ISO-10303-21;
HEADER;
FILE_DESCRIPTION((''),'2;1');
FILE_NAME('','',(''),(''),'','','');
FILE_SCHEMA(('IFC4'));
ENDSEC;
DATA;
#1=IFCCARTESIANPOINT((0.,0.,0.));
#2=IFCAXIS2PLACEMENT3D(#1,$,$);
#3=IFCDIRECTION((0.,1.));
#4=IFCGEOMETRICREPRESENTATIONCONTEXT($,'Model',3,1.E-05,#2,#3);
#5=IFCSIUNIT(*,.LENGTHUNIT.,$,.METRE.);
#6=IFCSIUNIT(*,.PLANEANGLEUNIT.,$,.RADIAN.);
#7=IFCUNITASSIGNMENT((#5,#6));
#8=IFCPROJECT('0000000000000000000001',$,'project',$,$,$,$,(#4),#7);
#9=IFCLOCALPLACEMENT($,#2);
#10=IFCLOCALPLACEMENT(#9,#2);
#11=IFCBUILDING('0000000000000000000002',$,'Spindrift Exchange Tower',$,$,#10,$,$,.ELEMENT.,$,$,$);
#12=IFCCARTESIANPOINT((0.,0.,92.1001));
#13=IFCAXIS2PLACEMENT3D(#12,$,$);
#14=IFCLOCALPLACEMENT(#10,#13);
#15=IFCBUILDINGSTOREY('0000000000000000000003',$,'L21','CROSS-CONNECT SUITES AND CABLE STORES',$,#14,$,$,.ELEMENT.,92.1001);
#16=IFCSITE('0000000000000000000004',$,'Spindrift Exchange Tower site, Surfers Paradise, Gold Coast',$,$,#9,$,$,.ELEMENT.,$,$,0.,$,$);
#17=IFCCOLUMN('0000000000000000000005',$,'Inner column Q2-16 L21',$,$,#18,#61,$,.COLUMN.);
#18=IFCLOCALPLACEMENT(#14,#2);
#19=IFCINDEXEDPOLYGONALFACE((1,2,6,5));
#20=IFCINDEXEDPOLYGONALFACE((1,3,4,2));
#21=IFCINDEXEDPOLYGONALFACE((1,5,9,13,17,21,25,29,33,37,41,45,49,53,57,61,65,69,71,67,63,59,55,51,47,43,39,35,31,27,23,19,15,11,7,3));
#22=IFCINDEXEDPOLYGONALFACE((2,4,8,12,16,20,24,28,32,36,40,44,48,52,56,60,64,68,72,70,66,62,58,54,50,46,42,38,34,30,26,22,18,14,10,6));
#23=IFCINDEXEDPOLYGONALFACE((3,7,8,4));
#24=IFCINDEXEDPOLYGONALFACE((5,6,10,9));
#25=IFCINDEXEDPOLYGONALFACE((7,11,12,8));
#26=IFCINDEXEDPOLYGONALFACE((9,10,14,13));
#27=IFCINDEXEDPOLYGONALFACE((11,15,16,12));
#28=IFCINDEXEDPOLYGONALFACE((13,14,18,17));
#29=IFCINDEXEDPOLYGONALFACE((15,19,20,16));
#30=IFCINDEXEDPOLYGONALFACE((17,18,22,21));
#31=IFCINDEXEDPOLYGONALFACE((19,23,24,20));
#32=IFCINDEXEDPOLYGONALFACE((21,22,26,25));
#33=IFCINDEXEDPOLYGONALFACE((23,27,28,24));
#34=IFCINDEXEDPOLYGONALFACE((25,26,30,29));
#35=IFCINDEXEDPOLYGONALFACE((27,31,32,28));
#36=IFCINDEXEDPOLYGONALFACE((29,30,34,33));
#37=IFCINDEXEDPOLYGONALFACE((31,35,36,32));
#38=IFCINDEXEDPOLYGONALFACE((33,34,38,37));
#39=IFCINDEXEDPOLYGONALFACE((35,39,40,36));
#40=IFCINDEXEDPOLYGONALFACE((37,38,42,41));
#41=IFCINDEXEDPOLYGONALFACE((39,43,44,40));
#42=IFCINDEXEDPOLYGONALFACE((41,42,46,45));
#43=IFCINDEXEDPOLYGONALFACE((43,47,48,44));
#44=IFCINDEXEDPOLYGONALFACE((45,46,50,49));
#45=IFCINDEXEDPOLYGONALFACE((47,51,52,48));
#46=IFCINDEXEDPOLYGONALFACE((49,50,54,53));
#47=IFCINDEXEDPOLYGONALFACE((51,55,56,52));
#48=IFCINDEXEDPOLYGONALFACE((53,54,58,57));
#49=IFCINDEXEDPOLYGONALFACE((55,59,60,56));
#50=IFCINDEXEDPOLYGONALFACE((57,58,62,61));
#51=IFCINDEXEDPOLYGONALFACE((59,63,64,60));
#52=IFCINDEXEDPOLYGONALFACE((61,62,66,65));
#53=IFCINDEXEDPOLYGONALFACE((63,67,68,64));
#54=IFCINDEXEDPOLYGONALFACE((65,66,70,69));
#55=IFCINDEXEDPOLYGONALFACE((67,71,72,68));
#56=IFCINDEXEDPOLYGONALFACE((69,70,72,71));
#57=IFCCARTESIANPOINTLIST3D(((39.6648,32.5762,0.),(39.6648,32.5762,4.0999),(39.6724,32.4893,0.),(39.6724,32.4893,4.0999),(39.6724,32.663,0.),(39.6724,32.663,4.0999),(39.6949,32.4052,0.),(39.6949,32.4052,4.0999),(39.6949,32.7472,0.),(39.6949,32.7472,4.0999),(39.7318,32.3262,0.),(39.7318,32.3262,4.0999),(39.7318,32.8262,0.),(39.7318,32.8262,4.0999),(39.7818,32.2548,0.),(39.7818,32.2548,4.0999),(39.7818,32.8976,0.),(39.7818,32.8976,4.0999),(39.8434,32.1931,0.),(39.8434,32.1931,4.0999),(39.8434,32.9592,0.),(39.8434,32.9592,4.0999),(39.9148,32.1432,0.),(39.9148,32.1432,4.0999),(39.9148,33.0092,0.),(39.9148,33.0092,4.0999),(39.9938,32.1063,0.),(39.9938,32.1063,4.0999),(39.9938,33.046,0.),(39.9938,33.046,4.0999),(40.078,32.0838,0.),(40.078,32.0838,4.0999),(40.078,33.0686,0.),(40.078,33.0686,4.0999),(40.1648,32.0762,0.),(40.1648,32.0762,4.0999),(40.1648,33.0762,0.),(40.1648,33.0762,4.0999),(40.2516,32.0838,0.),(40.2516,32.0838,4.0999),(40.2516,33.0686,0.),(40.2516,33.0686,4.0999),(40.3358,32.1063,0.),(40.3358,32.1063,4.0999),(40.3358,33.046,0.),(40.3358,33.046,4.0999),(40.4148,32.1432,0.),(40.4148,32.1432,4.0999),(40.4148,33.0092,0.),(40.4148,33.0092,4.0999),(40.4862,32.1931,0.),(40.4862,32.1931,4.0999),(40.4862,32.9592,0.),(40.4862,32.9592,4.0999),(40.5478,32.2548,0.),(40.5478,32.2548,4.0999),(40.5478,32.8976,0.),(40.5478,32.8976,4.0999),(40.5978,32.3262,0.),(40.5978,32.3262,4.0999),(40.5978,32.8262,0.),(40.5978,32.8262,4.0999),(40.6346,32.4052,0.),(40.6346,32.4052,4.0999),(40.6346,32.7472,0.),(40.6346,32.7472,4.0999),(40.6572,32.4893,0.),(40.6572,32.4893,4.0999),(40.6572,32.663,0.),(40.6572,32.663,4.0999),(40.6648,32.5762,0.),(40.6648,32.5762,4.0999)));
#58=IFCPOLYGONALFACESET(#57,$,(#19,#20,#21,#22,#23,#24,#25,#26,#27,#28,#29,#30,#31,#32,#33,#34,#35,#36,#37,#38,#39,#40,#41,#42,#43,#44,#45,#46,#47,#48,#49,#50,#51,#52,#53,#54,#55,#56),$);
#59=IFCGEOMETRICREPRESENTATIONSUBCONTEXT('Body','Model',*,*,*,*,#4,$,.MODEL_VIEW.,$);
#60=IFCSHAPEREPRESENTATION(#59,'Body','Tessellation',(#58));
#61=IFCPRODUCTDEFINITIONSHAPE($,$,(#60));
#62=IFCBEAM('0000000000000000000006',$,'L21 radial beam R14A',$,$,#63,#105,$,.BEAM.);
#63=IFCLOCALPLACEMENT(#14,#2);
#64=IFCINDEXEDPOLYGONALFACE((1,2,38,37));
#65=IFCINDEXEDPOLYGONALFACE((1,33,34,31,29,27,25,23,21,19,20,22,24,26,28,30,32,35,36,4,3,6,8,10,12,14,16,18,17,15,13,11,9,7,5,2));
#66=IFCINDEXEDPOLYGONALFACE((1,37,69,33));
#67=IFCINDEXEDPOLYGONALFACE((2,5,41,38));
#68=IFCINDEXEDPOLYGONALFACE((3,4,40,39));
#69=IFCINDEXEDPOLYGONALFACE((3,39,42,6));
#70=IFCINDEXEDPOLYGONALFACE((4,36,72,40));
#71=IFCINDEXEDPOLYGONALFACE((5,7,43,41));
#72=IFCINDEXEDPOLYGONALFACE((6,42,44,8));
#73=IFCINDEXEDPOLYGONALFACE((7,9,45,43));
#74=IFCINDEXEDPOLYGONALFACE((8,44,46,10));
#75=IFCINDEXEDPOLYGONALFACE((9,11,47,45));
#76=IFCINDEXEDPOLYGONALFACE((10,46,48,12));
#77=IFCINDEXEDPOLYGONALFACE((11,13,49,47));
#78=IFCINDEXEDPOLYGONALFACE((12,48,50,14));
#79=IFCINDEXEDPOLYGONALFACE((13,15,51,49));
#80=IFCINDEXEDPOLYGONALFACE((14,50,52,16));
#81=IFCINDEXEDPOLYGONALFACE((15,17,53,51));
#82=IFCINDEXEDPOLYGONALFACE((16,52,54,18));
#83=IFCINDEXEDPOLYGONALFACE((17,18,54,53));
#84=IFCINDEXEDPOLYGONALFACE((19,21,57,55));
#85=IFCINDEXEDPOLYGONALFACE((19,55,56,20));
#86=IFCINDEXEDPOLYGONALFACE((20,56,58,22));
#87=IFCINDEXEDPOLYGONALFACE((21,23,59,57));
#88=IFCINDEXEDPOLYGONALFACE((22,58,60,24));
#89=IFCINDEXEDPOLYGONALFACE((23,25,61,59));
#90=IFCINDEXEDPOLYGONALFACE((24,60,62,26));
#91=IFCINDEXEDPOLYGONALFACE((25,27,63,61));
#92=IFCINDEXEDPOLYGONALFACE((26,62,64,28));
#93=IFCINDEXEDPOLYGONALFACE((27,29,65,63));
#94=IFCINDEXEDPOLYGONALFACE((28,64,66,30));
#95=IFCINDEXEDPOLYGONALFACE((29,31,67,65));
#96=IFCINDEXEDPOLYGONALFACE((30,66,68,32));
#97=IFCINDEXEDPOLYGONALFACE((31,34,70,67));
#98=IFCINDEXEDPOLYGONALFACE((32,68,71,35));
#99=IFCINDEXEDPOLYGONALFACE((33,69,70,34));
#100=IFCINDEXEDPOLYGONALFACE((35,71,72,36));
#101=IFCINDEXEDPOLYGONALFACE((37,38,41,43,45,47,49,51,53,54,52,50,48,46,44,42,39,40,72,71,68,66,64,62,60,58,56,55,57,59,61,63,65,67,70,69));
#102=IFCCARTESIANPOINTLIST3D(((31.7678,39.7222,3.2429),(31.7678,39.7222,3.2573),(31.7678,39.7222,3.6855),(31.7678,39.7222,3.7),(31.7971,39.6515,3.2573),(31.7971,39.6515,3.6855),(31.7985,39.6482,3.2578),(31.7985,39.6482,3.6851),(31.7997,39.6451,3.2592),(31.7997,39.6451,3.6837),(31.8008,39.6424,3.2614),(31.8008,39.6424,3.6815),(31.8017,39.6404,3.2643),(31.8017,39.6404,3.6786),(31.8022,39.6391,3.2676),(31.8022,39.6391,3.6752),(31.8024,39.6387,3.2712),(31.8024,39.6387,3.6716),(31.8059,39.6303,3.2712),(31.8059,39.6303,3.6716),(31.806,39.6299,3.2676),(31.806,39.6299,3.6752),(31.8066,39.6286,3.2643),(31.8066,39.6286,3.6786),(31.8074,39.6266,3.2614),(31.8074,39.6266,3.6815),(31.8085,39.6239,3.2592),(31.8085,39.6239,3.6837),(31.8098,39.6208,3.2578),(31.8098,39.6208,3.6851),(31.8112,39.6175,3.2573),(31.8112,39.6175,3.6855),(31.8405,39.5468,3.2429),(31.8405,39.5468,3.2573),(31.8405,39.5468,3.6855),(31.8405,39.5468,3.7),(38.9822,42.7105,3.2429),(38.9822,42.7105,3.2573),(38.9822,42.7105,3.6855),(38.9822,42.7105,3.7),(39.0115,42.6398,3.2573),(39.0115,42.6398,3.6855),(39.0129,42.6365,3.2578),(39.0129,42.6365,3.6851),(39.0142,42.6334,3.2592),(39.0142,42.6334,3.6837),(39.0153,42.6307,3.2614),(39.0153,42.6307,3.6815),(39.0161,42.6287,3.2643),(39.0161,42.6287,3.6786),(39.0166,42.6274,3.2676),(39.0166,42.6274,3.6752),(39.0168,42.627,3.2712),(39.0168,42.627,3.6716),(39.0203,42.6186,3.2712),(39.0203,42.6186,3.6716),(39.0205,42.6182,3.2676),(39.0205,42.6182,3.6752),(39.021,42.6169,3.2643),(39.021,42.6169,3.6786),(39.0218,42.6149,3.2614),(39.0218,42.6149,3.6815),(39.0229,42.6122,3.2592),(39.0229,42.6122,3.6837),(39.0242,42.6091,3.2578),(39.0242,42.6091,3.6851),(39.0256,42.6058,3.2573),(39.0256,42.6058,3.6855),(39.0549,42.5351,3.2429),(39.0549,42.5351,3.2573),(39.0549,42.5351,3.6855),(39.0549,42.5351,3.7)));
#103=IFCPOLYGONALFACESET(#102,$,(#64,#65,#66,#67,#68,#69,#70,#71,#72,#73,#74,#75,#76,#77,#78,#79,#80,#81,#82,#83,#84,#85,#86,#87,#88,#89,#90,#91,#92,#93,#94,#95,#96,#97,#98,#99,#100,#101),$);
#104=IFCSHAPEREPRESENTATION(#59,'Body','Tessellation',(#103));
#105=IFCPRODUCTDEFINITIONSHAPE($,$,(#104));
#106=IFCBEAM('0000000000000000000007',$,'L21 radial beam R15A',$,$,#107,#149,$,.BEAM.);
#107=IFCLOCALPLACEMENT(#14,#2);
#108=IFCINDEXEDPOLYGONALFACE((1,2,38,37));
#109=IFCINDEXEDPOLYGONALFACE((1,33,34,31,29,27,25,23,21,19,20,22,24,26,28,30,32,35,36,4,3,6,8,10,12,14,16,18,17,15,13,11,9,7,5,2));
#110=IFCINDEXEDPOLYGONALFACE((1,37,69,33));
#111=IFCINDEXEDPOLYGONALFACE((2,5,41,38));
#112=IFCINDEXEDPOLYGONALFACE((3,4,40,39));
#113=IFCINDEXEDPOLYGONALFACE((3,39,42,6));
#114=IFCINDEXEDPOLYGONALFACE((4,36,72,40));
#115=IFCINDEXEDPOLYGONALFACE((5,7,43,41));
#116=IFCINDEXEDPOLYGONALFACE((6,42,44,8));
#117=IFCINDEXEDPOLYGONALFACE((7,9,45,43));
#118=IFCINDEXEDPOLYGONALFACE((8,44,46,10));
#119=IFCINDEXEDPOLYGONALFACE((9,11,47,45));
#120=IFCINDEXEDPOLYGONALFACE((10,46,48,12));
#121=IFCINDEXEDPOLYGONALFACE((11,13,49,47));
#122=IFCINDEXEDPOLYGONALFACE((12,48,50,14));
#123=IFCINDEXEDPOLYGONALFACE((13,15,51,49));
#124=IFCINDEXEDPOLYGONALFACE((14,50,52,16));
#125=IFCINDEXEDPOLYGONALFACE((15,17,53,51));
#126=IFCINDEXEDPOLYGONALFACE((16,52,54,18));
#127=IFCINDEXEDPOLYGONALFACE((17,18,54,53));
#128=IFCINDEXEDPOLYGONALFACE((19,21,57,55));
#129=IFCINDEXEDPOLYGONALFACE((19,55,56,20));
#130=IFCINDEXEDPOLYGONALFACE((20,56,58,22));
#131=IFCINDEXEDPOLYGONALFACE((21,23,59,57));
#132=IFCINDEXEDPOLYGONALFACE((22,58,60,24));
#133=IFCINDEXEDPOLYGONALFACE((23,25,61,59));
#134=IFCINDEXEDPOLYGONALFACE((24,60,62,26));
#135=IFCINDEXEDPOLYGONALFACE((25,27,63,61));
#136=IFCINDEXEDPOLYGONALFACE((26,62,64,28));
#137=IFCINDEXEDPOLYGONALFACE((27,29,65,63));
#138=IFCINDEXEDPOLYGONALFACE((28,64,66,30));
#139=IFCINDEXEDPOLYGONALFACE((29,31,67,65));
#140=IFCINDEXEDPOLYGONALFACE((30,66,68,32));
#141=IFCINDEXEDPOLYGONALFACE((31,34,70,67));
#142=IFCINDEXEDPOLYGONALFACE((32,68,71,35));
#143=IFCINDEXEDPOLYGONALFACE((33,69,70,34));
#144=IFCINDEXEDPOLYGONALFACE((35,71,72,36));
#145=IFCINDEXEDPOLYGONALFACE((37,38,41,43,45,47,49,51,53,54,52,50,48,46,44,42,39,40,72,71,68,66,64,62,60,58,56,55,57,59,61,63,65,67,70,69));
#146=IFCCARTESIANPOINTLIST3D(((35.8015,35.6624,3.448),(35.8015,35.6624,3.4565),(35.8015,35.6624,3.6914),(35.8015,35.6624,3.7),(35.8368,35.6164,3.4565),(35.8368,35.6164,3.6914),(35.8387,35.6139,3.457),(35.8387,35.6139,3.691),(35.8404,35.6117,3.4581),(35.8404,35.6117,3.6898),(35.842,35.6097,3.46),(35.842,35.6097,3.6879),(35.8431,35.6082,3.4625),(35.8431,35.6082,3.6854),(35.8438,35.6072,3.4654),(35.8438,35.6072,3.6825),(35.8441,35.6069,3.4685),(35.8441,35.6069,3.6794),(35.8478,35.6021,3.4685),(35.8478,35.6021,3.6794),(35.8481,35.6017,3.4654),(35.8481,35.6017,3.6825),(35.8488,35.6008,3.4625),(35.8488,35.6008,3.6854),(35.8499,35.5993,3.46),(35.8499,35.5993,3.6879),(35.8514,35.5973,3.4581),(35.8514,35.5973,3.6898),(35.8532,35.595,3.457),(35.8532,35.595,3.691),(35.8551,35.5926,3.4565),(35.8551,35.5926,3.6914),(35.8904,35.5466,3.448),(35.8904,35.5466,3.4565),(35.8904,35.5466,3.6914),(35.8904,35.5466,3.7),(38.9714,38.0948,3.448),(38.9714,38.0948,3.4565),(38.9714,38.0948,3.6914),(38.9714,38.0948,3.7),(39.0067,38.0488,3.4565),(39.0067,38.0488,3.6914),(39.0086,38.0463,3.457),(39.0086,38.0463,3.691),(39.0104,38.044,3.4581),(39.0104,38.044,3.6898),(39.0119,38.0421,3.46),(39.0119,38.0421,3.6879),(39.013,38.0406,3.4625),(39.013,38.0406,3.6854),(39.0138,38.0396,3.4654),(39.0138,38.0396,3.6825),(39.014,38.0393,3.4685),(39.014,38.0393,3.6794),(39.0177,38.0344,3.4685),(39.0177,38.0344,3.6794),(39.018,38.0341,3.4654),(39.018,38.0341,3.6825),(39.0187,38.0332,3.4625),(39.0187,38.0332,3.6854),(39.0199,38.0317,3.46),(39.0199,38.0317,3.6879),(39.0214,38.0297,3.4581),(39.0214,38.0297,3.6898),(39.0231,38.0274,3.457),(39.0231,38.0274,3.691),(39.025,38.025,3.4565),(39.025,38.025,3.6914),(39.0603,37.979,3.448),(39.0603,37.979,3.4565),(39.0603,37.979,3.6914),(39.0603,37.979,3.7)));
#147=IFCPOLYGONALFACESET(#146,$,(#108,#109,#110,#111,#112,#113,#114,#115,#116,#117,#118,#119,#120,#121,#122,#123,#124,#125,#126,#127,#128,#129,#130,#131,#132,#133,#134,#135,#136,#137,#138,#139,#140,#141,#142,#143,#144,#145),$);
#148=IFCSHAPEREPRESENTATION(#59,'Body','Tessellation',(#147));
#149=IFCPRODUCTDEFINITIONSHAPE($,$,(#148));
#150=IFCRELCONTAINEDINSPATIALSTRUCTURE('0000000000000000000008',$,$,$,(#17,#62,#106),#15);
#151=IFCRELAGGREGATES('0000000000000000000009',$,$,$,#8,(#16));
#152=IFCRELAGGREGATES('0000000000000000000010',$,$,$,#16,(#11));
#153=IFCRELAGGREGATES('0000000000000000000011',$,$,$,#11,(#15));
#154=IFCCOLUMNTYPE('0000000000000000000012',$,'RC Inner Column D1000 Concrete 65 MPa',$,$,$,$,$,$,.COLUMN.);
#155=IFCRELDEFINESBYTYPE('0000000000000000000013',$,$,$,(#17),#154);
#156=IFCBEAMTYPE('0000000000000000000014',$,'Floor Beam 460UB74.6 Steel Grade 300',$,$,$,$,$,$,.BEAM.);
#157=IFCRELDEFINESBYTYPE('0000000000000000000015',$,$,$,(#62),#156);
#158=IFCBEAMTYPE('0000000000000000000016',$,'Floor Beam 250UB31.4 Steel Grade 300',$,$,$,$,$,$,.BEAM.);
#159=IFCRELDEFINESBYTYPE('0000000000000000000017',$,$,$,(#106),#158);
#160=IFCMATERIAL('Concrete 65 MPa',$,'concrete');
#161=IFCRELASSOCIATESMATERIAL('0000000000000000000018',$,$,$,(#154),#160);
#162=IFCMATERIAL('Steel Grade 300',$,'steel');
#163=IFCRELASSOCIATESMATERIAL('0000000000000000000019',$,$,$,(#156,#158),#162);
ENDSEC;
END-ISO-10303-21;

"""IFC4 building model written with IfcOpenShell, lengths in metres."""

from ifc_helpers import new_model, si_unit, direction, frame, origin, origin_2d, place, context, subcontext, project, spatial, circle, i_section, extrude, source, transform, mapped, material, material_profile, profile_set, type_object, element, save


model = new_model("IFC4")

# Units and contexts
model_context = context("Model", 3, precision=1e-05, world=origin(), true_north=direction((0.0, 1.0)))
body_context = subcontext(model_context, "Body", "Model", "MODEL_VIEW")
ifc_project = project(units=[si_unit("LENGTHUNIT", "METRE"), si_unit("PLANEANGLEUNIT", "RADIAN")], contexts=[model_context])

# Site, building, storey
site_placement = place(None, origin())
site = spatial("IfcSite", under=ifc_project, at=site_placement, Name="Spindrift Exchange Tower site, Surfers Paradise, Gold Coast", CompositionType="ELEMENT", RefElevation=0.0)
building_placement = place(site_placement, origin())
building = spatial("IfcBuilding", under=site, at=building_placement, Name="Spindrift Exchange Tower", CompositionType="ELEMENT")
storey_placement = place(building_placement, frame((0.0, 0.0, 92.1001)))
storey = spatial("IfcBuildingStorey", under=building, at=storey_placement, Name="L21", Description="CROSS-CONNECT SUITES AND CABLE STORES", CompositionType="ELEMENT", Elevation=92.1001)

# Column
ifc_material_1 = material(Name="Concrete 65 MPa", Category="concrete")
ifc_material_profile_1 = material_profile(ifc_material_1, circle(Radius=0.5, at=origin_2d()), Name="RC D1000")
ifc_profile_set_1 = profile_set([ifc_material_profile_1], Name="Concrete 65 MPa")
column_type = type_object("IfcColumnType", Name="RC Inner Column D1000 Concrete 65 MPa", PredefinedType="COLUMN", material=ifc_profile_set_1)
shared_shape_1 = source(origin(), body_context, "Body", "SweptSolid", [
    extrude(circle(Radius=0.5, at=origin_2d()), origin(), (0.0, 0.0, 1.0), 4.0999),
])
column_placement = place(storey_placement, frame((40.1648, 32.5762, 0.0), z_axis=(0.0, 0.0, 1.0), x_axis=(1.0, 0.0, 0.0)))
element("IfcColumn", 1, at=column_placement, inside=storey, type_object=column_type, Name="Inner column Q2-16 L21", PredefinedType="COLUMN", context=body_context, shape_type="MappedRepresentation", body=[
    mapped(shared_shape_1, transform((0.0, 0.0, 0.0), scale=1.0)),
])

# Beams
ifc_material_2 = material(Name="Steel Grade 300", Category="steel")
ifc_material_profile_2 = material_profile(ifc_material_2, i_section(OverallWidth=0.1899, OverallDepth=0.457, WebThickness=0.009, FlangeThickness=0.0144, FilletRadius=0.0139, at=origin_2d()), Name="460UB74.6")
ifc_profile_set_2 = profile_set([ifc_material_profile_2], Name="Steel Grade 300")
beam_type_1 = type_object("IfcBeamType", Name="Floor Beam 460UB74.6 Steel Grade 300", PredefinedType="BEAM", material=ifc_profile_set_2)
shared_shape_2 = source(origin(), body_context, "Body", "SweptSolid", [
    extrude(i_section(OverallWidth=0.1899, OverallDepth=0.457, WebThickness=0.009, FlangeThickness=0.0144, FilletRadius=0.0139, at=origin_2d()), origin(), (0.0, 0.0, 1.0), 7.8088),
])
beam_1_placement = place(storey_placement, frame((39.0186, 42.6228, 3.4714), z_axis=(-0.92388, -0.382683, 0.0), x_axis=(0.382683, -0.92388, 0.0)))
element("IfcBeam", 2, at=beam_1_placement, inside=storey, type_object=beam_type_1, Name="L21 radial beam R14A", PredefinedType="BEAM", context=body_context, shape_type="MappedRepresentation", body=[
    mapped(shared_shape_2, transform((0.0, 0.0, 0.0), scale=1.0)),
])
ifc_material_profile_3 = material_profile(ifc_material_2, i_section(OverallWidth=0.146, OverallDepth=0.252, WebThickness=0.0061, FlangeThickness=0.0085, FilletRadius=0.012, at=origin_2d()), Name="250UB31.4")
ifc_profile_set_3 = profile_set([ifc_material_profile_3], Name="Steel Grade 300")
beam_type_2 = type_object("IfcBeamType", Name="Floor Beam 250UB31.4 Steel Grade 300", PredefinedType="BEAM", material=ifc_profile_set_3)
shared_shape_3 = source(origin(), body_context, "Body", "SweptSolid", [
    extrude(i_section(OverallWidth=0.146, OverallDepth=0.252, WebThickness=0.0061, FlangeThickness=0.0085, FilletRadius=0.012, at=origin_2d()), origin(), (0.0, 0.0, 1.0), 3.9956),
])
beam_2_placement = place(storey_placement, frame((39.0159, 38.0369, 3.574), z_axis=(-0.793353, -0.608762, 0.0), x_axis=(0.608762, -0.793353, 0.0)))
element("IfcBeam", 3, at=beam_2_placement, inside=storey, type_object=beam_type_2, Name="L21 radial beam R15A", PredefinedType="BEAM", context=body_context, shape_type="MappedRepresentation", body=[
    mapped(shared_shape_3, transform((0.0, 0.0, 0.0), scale=1.0)),
])

save(model, "model.ifc")
